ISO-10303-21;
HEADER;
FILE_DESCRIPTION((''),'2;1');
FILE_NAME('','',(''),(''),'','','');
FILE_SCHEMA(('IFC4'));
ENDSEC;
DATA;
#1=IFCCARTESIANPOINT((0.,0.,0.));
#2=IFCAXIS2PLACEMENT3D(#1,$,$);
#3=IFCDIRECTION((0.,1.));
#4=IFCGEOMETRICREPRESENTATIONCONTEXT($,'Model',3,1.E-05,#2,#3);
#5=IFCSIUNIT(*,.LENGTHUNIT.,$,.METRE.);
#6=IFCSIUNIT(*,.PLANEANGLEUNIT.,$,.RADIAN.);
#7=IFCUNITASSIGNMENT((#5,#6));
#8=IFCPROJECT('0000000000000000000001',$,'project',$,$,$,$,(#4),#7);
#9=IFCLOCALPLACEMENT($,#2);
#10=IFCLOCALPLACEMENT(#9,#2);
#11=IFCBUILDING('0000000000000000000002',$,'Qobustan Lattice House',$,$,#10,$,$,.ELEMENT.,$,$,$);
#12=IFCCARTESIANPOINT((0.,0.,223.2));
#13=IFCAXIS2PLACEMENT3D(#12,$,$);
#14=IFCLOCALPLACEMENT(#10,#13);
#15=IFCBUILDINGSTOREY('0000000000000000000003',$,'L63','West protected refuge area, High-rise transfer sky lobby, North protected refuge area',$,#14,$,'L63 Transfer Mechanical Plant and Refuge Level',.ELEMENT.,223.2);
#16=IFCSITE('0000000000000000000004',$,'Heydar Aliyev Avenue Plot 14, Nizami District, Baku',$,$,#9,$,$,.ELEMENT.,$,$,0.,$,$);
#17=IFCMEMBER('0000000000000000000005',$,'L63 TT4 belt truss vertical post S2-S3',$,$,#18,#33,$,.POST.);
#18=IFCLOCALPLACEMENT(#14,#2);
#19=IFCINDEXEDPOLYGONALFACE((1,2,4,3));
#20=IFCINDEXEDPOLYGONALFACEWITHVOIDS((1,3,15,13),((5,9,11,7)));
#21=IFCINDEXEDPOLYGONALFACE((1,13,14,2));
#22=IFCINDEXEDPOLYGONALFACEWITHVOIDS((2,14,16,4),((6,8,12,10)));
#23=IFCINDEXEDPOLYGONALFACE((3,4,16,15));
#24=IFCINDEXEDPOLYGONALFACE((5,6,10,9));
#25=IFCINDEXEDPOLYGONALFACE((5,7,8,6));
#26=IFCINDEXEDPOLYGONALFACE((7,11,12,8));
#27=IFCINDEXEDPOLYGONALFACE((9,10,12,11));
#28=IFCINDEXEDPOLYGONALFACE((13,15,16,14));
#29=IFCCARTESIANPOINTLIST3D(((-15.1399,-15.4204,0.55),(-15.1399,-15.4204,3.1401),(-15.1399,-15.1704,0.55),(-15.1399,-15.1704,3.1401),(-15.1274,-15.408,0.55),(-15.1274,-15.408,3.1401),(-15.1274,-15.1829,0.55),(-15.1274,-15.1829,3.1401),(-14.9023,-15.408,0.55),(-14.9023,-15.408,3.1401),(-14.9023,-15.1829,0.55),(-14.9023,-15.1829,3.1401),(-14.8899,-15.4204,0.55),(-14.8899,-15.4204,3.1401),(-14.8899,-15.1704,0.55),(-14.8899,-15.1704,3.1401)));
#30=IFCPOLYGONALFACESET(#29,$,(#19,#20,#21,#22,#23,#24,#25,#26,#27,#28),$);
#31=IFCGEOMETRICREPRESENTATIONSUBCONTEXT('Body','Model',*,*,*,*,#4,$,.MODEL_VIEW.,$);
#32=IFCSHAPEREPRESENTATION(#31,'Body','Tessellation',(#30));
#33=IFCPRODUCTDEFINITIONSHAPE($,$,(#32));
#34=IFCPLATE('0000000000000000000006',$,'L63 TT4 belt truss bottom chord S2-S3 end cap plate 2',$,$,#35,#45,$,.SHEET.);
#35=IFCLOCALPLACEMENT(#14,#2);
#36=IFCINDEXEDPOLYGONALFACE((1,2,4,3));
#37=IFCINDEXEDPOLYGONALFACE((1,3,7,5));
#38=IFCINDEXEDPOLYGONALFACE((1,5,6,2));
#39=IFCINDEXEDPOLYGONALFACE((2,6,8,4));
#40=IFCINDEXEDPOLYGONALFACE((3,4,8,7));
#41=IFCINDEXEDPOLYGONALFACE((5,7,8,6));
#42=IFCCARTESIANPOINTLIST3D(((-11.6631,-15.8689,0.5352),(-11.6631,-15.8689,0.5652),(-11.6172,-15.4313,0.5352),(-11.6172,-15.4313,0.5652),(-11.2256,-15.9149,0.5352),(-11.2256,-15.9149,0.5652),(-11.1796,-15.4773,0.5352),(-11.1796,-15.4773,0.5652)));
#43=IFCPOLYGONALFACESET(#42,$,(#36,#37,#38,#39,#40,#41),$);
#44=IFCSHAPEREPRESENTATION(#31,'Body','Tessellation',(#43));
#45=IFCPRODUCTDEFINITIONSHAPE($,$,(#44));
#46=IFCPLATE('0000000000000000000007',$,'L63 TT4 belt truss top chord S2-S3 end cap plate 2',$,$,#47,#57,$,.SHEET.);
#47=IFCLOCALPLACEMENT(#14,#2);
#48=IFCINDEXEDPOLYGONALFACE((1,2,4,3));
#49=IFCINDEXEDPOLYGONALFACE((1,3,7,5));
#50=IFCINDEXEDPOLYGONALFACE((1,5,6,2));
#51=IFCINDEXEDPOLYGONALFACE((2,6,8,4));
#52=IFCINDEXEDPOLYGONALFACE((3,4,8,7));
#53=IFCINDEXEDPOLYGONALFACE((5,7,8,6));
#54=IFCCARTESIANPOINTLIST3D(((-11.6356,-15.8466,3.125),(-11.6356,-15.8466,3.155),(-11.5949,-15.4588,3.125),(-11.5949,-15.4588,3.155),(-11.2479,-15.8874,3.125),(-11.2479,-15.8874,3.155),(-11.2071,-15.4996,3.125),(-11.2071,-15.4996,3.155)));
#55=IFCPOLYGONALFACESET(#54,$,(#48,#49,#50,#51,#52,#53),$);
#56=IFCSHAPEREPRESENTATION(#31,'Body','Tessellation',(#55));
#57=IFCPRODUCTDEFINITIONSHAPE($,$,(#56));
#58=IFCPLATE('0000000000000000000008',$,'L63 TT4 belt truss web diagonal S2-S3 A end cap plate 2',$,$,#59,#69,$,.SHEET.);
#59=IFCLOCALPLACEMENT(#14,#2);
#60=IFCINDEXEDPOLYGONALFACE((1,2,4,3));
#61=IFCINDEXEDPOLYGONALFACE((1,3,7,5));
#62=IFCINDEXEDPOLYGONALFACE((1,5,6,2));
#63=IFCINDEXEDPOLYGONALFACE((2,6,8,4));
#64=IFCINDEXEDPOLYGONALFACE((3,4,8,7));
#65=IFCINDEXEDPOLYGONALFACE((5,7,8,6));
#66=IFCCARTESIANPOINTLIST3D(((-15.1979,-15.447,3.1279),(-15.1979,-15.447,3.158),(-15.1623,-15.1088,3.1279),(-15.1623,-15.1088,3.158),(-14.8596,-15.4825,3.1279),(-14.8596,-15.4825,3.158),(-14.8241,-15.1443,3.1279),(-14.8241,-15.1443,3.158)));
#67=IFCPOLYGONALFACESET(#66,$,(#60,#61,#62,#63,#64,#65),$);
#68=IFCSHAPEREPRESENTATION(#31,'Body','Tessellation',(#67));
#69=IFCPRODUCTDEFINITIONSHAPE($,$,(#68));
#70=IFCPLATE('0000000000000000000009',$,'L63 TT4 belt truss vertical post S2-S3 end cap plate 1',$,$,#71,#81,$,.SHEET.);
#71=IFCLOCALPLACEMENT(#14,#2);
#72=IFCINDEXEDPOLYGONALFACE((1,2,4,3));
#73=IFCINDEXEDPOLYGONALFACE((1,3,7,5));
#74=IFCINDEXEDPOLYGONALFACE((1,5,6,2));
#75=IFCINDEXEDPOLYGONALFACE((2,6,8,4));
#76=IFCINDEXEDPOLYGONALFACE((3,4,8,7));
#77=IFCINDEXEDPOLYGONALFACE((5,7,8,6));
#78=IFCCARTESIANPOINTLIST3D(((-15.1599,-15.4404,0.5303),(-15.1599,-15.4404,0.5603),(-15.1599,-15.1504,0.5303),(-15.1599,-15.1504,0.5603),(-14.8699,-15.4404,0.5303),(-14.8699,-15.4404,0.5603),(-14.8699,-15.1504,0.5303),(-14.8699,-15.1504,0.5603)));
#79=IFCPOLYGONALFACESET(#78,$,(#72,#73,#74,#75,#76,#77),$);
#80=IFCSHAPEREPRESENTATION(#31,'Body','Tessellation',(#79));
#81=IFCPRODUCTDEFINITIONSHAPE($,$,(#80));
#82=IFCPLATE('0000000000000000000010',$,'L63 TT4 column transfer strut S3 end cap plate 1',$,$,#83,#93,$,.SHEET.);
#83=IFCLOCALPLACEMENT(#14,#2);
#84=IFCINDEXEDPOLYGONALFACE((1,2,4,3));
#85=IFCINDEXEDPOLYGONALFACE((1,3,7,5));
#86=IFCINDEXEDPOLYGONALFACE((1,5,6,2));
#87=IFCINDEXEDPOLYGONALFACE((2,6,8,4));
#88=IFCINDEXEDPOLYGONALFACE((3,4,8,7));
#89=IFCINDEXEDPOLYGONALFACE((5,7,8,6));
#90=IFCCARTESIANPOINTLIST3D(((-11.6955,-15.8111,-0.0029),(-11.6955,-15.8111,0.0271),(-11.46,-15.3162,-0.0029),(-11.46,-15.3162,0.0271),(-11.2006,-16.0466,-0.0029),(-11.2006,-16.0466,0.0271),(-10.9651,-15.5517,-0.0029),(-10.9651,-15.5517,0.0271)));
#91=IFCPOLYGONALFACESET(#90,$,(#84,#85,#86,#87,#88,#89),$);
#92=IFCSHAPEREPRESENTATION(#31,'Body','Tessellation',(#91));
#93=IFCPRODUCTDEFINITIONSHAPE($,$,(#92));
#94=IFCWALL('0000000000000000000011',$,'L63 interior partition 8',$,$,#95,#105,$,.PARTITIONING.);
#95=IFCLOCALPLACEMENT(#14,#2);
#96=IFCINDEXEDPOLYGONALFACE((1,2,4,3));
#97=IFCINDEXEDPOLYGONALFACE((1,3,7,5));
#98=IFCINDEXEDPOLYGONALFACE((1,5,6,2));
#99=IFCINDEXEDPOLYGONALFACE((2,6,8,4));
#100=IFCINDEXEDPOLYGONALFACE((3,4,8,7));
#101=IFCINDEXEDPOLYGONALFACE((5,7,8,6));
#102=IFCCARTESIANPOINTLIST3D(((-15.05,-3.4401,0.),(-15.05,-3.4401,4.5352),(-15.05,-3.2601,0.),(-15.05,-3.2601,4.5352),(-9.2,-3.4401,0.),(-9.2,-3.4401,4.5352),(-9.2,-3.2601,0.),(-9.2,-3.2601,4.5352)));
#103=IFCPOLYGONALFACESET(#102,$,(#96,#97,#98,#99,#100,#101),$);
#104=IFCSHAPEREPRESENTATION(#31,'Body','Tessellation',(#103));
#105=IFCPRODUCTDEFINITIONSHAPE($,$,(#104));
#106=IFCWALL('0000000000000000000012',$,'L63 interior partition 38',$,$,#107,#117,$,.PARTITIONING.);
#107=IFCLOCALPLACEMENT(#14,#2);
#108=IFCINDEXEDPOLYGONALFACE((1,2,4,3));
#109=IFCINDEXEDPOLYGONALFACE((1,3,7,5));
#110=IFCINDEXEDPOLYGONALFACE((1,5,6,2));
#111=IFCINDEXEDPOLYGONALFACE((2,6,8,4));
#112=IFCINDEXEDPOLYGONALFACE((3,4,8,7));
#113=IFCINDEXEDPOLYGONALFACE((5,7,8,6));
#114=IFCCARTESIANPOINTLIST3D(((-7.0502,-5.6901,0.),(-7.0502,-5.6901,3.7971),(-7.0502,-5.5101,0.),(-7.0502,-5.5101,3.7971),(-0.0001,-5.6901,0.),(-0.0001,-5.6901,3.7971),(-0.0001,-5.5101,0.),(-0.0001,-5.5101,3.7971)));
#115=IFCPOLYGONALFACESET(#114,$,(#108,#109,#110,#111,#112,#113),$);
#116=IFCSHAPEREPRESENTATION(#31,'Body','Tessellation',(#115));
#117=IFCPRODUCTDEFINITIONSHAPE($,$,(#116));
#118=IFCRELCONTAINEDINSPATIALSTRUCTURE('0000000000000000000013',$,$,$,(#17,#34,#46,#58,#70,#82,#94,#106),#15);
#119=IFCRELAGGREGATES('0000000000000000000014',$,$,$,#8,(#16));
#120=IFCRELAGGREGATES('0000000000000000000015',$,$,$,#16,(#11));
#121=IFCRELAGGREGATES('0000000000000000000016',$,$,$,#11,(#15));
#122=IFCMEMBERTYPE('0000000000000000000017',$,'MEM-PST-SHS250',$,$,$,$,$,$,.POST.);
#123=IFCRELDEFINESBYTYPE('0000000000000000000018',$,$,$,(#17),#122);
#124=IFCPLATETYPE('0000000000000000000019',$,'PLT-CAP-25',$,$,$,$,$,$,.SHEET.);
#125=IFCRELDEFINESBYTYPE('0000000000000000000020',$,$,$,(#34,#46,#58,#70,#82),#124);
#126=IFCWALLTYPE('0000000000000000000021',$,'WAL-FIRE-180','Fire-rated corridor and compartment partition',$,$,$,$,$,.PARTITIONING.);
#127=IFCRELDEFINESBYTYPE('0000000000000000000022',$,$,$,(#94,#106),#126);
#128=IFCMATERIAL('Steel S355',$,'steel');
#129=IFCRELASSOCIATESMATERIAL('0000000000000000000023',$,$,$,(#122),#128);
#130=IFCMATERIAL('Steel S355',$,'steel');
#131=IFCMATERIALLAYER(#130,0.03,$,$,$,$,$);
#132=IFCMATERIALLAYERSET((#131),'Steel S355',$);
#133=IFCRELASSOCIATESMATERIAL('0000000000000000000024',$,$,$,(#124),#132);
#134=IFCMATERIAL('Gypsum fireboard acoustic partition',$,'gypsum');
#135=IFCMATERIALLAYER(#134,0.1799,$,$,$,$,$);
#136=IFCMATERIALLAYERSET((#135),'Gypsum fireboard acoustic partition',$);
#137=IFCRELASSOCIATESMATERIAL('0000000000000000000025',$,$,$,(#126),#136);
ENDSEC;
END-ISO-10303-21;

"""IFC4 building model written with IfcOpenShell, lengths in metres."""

from ifc_helpers import new_model, si_unit, direction, frame, frame_2d, origin, origin_2d, place, context, subcontext, project, spatial, rectangle, hollow_rectangle, extrude, material, layer, layer_set, material_profile, profile_set, type_object, element, save


model = new_model("IFC4")

# Units and contexts
model_context = context("Model", 3, precision=1e-05, world=origin(), true_north=direction((0.0, 1.0)))
body_context = subcontext(model_context, "Body", "Model", "MODEL_VIEW")
ifc_project = project(units=[si_unit("LENGTHUNIT", "METRE"), si_unit("PLANEANGLEUNIT", "RADIAN")], contexts=[model_context])

# Site, building, storey
site_placement = place(None, origin())
site = spatial("IfcSite", under=ifc_project, at=site_placement, Name="Heydar Aliyev Avenue Plot 14, Nizami District, Baku", CompositionType="ELEMENT", RefElevation=0.0)
building_placement = place(site_placement, origin())
building = spatial("IfcBuilding", under=site, at=building_placement, Name="Qobustan Lattice House", CompositionType="ELEMENT")
storey_placement = place(building_placement, frame((0.0, 0.0, 223.2)))
storey = spatial("IfcBuildingStorey", under=building, at=storey_placement, Name="L63", Description="West protected refuge area, High-rise transfer sky lobby, North protected refuge area", LongName="L63 Transfer Mechanical Plant and Refuge Level", CompositionType="ELEMENT", Elevation=223.2)

# Member
ifc_material_1 = material(Name="Steel S355", Category="steel")
ifc_material_profile_1 = material_profile(ifc_material_1, hollow_rectangle(XDim=0.25, YDim=0.25, WallThickness=0.0125, at=origin_2d()), Name="SHS250x250x12.5")
ifc_profile_set_1 = profile_set([ifc_material_profile_1], Name="Steel S355")
member_type_1 = type_object("IfcMemberType", Name="MEM-PST-SHS250", PredefinedType="POST", material=ifc_profile_set_1)
member_1_placement = place(storey_placement, frame((-15.0149, -15.2954, 0.55), z_axis=(0.0, 0.0, 1.0), x_axis=(1.0, 0.0, 0.0)))
element("IfcMember", 1, at=member_1_placement, inside=storey, type_object=member_type_1, Name="L63 TT4 belt truss vertical post S2-S3", PredefinedType="POST", context=body_context, shape_type="SweptSolid", body=[
    extrude(hollow_rectangle(XDim=0.25, YDim=0.25, WallThickness=0.0125, at=origin_2d()), origin(), (0.0, 0.0, 1.0), 2.5901),
])

# Plates
ifc_material_2 = material(Name="Steel S355", Category="steel")
ifc_layer_1 = layer(ifc_material_2, 0.03)
ifc_layer_set_1 = layer_set([ifc_layer_1], Name="Steel S355")
plate_type = type_object("IfcPlateType", Name="PLT-CAP-25", PredefinedType="SHEET", material=ifc_layer_set_1)
plate_1_placement = place(storey_placement, frame((-11.4214, -15.6731, 0.5352), z_axis=(0.0, 0.0, 1.0), x_axis=(0.994522, -0.104528, 0.0)))
element("IfcPlate", 2, at=plate_1_placement, inside=storey, type_object=plate_type, Name="L63 TT4 belt truss bottom chord S2-S3 end cap plate 2", PredefinedType="SHEET", context=body_context, shape_type="SweptSolid", body=[
    extrude(rectangle(XDim=0.4399, YDim=0.4399, at=origin_2d()), origin(), (0.0, 0.0, 1.0), 0.03),
])
plate_2_placement = place(storey_placement, frame((-11.4214, -15.6731, 3.125), z_axis=(0.0, 0.0, 1.0), x_axis=(0.994522, -0.104528, 0.0)))
element("IfcPlate", 3, at=plate_2_placement, inside=storey, type_object=plate_type, Name="L63 TT4 belt truss top chord S2-S3 end cap plate 2", PredefinedType="SHEET", context=body_context, shape_type="SweptSolid", body=[
    extrude(rectangle(XDim=0.3899, YDim=0.3899, at=origin_2d()), origin(), (0.0, 0.0, 1.0), 0.03),
])
plate_3_placement = place(storey_placement, frame((-15.011, -15.2957, 3.1279), z_axis=(0.0, 0.0, 1.0), x_axis=(0.994524, -0.104511, 0.0)))
element("IfcPlate", 4, at=plate_3_placement, inside=storey, type_object=plate_type, Name="L63 TT4 belt truss web diagonal S2-S3 A end cap plate 2", PredefinedType="SHEET", context=body_context, shape_type="SweptSolid", body=[
    extrude(rectangle(XDim=0.3401, YDim=0.3401, at=origin_2d()), origin(), (0.0, 0.0, 1.0), 0.03),
])
plate_4_placement = place(storey_placement, frame((-15.0149, -15.2954, 0.5303), z_axis=(0.0, 0.0, 1.0), x_axis=(1.0, 0.0, 0.0)))
element("IfcPlate", 5, at=plate_4_placement, inside=storey, type_object=plate_type, Name="L63 TT4 belt truss vertical post S2-S3 end cap plate 1", PredefinedType="SHEET", context=body_context, shape_type="SweptSolid", body=[
    extrude(rectangle(XDim=0.29, YDim=0.29, at=origin_2d()), origin(), (0.0, 0.0, 1.0), 0.03),
])
plate_5_placement = place(storey_placement, frame((-11.3303, -15.6814, -0.0029), z_axis=(0.0, 0.0, 1.0), x_axis=(0.902976, -0.429692, 0.0)))
element("IfcPlate", 6, at=plate_5_placement, inside=storey, type_object=plate_type, Name="L63 TT4 column transfer strut S3 end cap plate 1", PredefinedType="SHEET", context=body_context, shape_type="SweptSolid", body=[
    extrude(rectangle(XDim=0.5481, YDim=0.5481, at=origin_2d()), origin(), (0.0, 0.0, 1.0), 0.03),
])

# Walls
ifc_material_3 = material(Name="Gypsum fireboard acoustic partition", Category="gypsum")
ifc_layer_2 = layer(ifc_material_3, 0.1799)
ifc_layer_set_2 = layer_set([ifc_layer_2], Name="Gypsum fireboard acoustic partition")
wall_type_1 = type_object("IfcWallType", Name="WAL-FIRE-180", Description="Fire-rated corridor and compartment partition", PredefinedType="PARTITIONING", material=ifc_layer_set_2)
wall_1_placement = place(storey_placement, frame((-15.05, -3.3501, 0.0), z_axis=(0.0, 0.0, 1.0), x_axis=(1.0, 0.0, 0.0)))
element("IfcWall", 7, at=wall_1_placement, inside=storey, type_object=wall_type_1, Name="L63 interior partition 8", PredefinedType="PARTITIONING", context=body_context, shape_type="SweptSolid", body=[
    extrude(rectangle(XDim=5.8501, YDim=0.1799, at=frame_2d((2.925, 0.0))), origin(), (0.0, 0.0, 1.0), 4.5352),
])
wall_2_placement = place(storey_placement, frame((-7.05, -5.6001, 0.0), z_axis=(0.0, 0.0, 1.0), x_axis=(1.0, 0.0, 0.0)))
element("IfcWall", 8, at=wall_2_placement, inside=storey, type_object=wall_type_1, Name="L63 interior partition 38", PredefinedType="PARTITIONING", context=body_context, shape_type="SweptSolid", body=[
    extrude(rectangle(XDim=7.05, YDim=0.1799, at=frame_2d((3.5249, 0.0))), origin(), (0.0, 0.0, 1.0), 3.7971),
])

save(model, "model.ifc")
